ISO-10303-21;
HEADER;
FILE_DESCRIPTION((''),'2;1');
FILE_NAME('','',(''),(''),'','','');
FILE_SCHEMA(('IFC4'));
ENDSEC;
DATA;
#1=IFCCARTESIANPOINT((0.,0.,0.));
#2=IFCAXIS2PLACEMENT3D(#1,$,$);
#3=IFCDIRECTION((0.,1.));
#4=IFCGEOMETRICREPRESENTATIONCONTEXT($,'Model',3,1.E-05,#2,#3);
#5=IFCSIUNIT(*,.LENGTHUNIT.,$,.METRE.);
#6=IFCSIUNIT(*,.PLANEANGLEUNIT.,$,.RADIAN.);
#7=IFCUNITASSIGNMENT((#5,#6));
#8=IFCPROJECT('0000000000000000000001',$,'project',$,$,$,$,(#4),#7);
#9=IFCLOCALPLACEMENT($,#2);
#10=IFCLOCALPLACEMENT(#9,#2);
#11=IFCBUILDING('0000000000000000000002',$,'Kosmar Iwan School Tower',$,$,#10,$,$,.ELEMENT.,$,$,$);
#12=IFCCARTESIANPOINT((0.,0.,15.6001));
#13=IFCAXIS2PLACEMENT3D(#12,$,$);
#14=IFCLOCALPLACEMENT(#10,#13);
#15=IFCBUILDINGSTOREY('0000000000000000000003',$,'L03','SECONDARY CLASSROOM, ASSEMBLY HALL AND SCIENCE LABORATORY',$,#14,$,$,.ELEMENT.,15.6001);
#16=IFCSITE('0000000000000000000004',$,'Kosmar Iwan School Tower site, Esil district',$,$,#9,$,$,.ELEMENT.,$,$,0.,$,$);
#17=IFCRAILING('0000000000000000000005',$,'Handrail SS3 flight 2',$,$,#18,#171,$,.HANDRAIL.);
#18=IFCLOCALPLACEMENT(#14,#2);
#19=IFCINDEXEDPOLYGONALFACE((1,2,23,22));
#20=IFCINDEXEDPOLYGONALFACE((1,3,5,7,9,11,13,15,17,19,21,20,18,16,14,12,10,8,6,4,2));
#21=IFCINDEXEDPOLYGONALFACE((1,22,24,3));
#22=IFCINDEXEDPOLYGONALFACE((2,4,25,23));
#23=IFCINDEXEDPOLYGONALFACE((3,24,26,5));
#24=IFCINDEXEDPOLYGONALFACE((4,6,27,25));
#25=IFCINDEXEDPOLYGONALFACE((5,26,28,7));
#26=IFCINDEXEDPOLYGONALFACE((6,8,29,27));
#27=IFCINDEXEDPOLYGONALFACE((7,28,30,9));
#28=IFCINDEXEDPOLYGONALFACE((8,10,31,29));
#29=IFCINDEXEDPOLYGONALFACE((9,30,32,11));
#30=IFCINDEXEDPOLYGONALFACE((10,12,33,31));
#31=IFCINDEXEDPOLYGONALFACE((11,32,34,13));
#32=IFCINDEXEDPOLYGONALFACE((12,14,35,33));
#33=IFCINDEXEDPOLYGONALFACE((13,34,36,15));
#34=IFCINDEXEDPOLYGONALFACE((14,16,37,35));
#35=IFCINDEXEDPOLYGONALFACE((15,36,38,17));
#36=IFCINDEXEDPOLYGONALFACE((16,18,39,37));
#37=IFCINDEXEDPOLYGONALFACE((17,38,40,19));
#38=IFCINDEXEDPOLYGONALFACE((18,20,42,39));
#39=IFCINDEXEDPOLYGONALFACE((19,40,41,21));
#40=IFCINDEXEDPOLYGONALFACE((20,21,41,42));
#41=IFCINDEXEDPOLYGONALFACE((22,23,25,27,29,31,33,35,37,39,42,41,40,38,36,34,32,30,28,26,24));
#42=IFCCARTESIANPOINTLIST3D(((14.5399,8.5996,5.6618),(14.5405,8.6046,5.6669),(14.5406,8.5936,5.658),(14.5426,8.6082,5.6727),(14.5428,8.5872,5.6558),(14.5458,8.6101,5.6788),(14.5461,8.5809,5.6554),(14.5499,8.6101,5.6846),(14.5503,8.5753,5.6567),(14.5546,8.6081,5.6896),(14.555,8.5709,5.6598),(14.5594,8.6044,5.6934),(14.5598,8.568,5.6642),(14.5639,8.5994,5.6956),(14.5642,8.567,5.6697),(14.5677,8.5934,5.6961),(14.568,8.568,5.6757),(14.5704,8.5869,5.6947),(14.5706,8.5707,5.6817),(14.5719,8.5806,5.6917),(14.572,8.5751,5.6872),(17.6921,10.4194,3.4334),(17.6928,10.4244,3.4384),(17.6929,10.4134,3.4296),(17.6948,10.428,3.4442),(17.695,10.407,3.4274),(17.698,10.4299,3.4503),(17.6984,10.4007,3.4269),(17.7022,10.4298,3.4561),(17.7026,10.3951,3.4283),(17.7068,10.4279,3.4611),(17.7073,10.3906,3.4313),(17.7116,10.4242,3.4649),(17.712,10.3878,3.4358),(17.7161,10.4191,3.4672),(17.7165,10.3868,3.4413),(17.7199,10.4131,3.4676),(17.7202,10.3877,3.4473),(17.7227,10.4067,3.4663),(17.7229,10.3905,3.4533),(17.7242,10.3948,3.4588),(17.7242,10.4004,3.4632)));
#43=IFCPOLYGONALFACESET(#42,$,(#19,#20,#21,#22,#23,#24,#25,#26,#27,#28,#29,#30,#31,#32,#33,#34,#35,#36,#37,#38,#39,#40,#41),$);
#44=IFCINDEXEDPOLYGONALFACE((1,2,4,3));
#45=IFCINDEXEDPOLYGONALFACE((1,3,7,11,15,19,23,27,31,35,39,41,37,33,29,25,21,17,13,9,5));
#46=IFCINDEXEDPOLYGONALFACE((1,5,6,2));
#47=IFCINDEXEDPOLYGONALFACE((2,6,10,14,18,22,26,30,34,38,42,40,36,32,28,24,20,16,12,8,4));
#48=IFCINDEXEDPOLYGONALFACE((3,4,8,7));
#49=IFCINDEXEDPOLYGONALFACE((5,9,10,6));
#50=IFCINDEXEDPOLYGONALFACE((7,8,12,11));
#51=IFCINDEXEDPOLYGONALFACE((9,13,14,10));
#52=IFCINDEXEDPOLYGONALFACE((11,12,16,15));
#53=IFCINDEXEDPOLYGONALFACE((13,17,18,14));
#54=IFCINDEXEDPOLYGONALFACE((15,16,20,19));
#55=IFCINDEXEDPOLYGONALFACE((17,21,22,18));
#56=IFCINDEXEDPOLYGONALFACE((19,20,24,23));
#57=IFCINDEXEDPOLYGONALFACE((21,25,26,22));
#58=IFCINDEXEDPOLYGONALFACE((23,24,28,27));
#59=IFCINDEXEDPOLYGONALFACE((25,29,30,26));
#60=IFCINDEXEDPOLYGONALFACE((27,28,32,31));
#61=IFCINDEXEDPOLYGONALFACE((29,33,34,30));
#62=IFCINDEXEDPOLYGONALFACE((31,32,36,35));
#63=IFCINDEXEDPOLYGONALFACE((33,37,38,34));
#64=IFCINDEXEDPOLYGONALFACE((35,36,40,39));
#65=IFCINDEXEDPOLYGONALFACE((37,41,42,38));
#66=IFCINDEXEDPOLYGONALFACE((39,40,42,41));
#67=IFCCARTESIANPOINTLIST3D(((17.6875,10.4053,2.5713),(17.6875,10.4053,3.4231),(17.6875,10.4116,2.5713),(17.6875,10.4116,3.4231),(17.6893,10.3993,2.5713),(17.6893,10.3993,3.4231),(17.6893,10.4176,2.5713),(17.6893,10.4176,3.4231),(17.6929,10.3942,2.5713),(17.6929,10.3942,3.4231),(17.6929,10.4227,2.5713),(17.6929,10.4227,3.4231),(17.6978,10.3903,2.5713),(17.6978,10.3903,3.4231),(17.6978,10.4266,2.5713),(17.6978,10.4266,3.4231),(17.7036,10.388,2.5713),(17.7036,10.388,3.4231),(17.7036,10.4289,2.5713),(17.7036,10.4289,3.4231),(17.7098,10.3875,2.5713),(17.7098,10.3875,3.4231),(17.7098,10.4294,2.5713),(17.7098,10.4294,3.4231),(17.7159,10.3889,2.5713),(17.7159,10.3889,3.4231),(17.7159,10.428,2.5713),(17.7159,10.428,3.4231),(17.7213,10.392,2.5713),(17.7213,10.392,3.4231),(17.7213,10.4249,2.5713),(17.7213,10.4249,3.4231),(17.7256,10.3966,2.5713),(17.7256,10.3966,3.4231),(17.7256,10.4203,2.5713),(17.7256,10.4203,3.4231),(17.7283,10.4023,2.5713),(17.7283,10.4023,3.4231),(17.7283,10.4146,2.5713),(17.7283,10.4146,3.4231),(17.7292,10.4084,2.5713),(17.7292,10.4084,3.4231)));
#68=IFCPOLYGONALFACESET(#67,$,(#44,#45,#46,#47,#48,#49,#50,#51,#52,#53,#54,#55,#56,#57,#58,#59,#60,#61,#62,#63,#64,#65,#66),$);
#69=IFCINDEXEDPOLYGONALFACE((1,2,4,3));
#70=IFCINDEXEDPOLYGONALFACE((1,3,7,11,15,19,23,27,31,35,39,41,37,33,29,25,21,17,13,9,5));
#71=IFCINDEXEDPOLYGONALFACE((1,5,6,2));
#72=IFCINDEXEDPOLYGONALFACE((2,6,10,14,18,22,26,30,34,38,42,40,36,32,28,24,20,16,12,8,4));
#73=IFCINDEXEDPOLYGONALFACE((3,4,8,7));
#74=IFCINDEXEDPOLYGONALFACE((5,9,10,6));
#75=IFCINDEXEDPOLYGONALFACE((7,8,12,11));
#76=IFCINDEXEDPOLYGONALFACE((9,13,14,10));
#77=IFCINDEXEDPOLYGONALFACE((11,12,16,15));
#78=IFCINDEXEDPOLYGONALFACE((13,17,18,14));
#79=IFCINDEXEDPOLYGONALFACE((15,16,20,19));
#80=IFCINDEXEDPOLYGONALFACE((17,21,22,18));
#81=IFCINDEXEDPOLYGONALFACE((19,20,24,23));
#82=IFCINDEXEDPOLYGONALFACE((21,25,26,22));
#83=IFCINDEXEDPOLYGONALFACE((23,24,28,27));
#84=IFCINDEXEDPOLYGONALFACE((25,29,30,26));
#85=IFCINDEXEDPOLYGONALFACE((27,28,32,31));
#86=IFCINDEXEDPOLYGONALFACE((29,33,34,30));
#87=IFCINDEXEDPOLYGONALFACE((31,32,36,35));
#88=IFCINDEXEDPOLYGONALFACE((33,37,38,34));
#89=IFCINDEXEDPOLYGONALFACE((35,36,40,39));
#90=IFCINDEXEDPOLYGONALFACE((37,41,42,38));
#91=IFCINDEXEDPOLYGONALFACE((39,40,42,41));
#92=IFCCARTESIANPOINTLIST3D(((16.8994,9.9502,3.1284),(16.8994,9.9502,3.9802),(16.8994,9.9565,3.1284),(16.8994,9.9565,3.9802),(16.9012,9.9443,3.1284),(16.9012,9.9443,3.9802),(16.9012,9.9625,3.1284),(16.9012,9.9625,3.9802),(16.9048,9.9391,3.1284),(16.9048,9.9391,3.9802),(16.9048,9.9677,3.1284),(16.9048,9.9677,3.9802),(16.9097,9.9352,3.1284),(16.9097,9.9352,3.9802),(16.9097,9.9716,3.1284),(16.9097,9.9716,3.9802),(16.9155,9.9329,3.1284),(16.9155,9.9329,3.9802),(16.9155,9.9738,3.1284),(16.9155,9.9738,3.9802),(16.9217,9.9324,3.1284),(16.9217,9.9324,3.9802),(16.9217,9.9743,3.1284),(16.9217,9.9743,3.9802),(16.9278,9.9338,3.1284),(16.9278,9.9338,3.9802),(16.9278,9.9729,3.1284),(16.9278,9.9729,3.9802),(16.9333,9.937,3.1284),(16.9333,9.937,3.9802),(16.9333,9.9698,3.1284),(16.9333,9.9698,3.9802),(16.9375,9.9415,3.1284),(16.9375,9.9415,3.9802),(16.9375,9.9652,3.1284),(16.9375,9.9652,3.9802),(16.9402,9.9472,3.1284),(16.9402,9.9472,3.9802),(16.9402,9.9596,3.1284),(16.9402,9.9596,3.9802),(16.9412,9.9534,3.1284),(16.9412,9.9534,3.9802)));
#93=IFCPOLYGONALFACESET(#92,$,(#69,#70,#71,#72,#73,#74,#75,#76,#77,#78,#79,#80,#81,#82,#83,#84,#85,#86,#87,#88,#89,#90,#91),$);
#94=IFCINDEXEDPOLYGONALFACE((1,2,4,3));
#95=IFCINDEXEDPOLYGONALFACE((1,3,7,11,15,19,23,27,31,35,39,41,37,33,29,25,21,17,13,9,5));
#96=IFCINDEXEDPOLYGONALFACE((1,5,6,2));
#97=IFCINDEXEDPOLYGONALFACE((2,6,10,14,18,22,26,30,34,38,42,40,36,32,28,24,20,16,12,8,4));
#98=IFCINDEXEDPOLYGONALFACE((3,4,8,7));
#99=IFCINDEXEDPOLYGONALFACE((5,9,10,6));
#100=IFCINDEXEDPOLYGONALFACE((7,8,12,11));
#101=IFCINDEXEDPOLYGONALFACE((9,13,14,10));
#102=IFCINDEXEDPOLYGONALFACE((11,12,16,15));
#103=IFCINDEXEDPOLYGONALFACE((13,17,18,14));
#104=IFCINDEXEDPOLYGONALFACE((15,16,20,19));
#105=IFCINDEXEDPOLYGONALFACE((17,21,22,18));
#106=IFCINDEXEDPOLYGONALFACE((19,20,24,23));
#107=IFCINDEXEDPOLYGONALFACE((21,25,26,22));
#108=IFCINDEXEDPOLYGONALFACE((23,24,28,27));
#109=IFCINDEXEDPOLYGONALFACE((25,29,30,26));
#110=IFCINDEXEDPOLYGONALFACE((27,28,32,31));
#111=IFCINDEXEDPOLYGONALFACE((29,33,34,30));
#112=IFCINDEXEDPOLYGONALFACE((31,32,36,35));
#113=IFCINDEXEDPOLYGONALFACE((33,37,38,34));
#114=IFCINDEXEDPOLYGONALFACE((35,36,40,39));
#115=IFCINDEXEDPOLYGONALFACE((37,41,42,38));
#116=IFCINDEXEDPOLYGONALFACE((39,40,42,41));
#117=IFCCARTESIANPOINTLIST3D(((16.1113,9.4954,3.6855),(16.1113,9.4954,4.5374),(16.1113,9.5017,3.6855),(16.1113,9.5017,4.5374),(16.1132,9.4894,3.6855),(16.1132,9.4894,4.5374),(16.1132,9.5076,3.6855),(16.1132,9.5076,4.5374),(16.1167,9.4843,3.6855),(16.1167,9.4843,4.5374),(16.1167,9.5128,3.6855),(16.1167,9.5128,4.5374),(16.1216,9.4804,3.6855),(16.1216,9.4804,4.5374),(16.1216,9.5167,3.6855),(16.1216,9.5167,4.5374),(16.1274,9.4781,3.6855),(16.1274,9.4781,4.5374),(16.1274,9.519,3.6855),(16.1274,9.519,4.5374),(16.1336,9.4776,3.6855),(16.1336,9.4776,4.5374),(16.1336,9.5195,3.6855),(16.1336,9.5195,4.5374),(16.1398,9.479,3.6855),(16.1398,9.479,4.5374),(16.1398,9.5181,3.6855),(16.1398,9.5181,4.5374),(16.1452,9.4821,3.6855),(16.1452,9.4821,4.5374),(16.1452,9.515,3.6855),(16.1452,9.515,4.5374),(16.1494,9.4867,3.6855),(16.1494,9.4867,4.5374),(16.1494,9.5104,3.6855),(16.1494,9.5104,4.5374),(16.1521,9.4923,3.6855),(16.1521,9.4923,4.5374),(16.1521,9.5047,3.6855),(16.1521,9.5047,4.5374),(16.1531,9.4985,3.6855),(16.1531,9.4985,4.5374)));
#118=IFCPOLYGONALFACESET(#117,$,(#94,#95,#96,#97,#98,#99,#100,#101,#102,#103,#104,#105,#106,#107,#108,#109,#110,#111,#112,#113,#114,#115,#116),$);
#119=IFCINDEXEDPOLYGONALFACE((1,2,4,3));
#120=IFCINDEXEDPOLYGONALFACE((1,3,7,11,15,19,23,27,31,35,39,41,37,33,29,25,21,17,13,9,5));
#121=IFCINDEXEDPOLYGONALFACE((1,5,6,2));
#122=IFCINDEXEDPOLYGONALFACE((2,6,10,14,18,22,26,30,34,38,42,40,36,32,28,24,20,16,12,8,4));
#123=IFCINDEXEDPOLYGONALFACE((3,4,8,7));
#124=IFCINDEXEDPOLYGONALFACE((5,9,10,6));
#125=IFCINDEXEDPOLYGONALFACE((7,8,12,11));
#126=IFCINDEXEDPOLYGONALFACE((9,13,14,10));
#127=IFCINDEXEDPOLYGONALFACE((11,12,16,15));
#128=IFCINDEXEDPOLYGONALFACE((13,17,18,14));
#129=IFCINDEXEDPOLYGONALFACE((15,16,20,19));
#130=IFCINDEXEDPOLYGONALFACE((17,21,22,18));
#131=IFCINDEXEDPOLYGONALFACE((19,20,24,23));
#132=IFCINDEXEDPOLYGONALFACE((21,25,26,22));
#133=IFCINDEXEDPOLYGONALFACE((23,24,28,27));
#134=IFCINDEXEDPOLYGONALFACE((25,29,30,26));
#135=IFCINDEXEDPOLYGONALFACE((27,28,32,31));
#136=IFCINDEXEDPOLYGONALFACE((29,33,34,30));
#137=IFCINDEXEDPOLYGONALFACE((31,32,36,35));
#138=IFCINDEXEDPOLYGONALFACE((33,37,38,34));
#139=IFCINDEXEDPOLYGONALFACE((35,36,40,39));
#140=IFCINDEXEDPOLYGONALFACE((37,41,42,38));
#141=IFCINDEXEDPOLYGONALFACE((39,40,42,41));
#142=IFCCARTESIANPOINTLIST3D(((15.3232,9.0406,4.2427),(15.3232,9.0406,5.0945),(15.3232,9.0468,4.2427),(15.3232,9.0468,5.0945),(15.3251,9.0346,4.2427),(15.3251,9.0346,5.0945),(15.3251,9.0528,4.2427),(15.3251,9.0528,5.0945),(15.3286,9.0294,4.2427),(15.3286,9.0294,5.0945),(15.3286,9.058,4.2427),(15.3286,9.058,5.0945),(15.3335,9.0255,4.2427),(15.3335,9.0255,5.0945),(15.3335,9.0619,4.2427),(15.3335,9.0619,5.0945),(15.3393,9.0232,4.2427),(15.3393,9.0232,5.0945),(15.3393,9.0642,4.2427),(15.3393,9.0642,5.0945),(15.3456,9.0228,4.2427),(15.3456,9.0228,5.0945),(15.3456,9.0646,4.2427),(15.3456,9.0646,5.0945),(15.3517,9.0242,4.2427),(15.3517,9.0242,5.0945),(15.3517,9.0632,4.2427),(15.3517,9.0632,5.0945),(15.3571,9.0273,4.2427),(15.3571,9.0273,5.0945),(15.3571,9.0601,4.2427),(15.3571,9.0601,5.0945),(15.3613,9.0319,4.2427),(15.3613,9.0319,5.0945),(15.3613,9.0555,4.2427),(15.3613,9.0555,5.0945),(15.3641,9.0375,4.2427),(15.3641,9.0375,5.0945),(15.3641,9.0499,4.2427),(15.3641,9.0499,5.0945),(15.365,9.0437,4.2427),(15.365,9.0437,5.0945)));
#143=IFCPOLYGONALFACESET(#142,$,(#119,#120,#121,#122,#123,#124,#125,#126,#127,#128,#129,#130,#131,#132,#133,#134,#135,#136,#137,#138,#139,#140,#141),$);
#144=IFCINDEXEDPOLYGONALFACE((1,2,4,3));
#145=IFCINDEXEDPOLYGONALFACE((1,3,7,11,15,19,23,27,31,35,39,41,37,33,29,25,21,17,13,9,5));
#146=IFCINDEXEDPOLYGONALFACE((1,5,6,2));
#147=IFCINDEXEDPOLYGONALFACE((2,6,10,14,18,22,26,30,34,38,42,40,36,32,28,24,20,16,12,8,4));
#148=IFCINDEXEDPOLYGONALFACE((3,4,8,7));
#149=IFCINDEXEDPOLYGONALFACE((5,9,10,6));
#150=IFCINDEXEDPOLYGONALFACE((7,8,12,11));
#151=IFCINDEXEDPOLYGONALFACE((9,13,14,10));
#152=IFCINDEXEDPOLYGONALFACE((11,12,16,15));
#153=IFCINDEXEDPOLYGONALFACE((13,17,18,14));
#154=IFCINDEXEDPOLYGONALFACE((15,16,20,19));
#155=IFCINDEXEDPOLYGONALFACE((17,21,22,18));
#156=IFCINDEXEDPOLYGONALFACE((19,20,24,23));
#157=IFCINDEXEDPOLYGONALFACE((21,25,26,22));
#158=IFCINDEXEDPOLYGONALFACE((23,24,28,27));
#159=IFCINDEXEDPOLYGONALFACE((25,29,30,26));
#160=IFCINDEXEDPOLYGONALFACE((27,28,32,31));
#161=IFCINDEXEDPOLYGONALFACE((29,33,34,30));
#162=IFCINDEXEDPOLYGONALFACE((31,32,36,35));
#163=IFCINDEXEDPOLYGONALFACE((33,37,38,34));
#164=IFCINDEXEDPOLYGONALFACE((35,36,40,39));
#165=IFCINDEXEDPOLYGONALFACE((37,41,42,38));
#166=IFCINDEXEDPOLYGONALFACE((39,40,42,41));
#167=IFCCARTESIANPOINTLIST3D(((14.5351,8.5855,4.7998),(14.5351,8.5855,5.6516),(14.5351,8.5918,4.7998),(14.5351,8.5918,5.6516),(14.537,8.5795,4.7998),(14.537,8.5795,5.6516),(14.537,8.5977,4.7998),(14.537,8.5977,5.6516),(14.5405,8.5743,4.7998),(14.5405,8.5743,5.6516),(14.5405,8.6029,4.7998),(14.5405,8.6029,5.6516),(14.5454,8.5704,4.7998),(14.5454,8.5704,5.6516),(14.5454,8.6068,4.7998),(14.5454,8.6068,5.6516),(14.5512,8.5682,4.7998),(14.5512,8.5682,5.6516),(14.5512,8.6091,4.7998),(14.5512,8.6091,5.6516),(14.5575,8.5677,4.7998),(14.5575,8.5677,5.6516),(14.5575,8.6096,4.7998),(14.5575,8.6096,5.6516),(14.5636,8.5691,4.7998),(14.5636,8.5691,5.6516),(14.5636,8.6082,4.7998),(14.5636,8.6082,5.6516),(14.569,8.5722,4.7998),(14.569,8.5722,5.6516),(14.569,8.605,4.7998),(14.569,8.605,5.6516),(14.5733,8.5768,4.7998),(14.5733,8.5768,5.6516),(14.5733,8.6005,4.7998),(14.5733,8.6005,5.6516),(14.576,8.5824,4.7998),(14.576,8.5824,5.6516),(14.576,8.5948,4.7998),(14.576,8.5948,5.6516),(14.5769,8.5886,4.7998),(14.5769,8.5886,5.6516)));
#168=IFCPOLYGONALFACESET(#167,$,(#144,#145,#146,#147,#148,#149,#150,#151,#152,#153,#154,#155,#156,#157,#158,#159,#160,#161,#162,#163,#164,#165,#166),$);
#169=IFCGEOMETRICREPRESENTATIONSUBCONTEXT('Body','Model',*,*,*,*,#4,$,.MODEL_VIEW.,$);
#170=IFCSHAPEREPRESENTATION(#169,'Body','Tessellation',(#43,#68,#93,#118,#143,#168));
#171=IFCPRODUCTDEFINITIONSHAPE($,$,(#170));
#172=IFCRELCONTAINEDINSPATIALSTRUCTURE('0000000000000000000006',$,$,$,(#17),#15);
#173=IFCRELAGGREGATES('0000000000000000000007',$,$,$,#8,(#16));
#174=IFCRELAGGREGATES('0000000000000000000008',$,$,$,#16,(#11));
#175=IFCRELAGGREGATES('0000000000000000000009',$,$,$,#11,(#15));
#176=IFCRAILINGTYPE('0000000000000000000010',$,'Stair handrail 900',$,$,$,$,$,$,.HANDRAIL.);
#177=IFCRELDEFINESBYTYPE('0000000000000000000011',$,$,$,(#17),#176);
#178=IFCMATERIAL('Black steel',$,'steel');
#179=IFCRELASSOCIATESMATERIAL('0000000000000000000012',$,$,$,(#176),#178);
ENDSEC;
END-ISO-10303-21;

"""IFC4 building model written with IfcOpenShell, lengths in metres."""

from ifc_helpers import new_model, si_unit, direction, frame, origin, origin_2d, place, context, subcontext, project, spatial, circle, extrude, material, type_object, element, save


model = new_model("IFC4")

# Units and contexts
model_context = context("Model", 3, precision=1e-05, world=origin(), true_north=direction((0.0, 1.0)))
body_context = subcontext(model_context, "Body", "Model", "MODEL_VIEW")
ifc_project = project(units=[si_unit("LENGTHUNIT", "METRE"), si_unit("PLANEANGLEUNIT", "RADIAN")], contexts=[model_context])

# Site, building, storey
site_placement = place(None, origin())
site = spatial("IfcSite", under=ifc_project, at=site_placement, Name="Kosmar Iwan School Tower site, Esil district", CompositionType="ELEMENT", RefElevation=0.0)
building_placement = place(site_placement, origin())
building = spatial("IfcBuilding", under=site, at=building_placement, Name="Kosmar Iwan School Tower", CompositionType="ELEMENT")
storey_placement = place(building_placement, frame((0.0, 0.0, 15.6001)))
storey = spatial("IfcBuildingStorey", under=building, at=storey_placement, Name="L03", Description="SECONDARY CLASSROOM, ASSEMBLY HALL AND SCIENCE LABORATORY", CompositionType="ELEMENT", Elevation=15.6001)

# Railing
ifc_material_1 = material(Name="Black steel", Category="steel")
railing_type = type_object("IfcRailingType", Name="Stair handrail 900", PredefinedType="HANDRAIL", material=ifc_material_1)
railing_1_placement = place(storey_placement, frame((17.7083, 10.4084, 2.5713)))
element("IfcRailing", 1, at=railing_1_placement, inside=storey, type_object=railing_type, Name="Handrail SS3 flight 2", PredefinedType="HANDRAIL", context=body_context, shape_type="SweptSolid", body=[
    extrude(circle(Radius=0.0239, at=origin_2d()), frame((0.0, 0.0, 0.876), z_axis=(-0.73861, -0.426394, 0.522153), x_axis=(0.499962, -0.866047, 0.0)), (0.0, 0.0, 1.0), 4.2678),
    extrude(circle(Radius=0.021, at=origin_2d()), origin(), (0.0, 0.0, 1.0), 0.8518),
    extrude(circle(Radius=0.021, at=origin_2d()), frame((-0.7881, -0.4551, 0.5571)), (0.0, 0.0, 1.0), 0.8518),
    extrude(circle(Radius=0.021, at=origin_2d()), frame((-1.5762, -0.9099, 1.1143)), (0.0, 0.0, 1.0), 0.8518),
    extrude(circle(Radius=0.021, at=origin_2d()), frame((-2.3643, -1.3647, 1.6714)), (0.0, 0.0, 1.0), 0.8518),
    extrude(circle(Radius=0.021, at=origin_2d()), frame((-3.1523, -1.8198, 2.2285)), (0.0, 0.0, 1.0), 0.8518),
])

save(model, "model.ifc")
